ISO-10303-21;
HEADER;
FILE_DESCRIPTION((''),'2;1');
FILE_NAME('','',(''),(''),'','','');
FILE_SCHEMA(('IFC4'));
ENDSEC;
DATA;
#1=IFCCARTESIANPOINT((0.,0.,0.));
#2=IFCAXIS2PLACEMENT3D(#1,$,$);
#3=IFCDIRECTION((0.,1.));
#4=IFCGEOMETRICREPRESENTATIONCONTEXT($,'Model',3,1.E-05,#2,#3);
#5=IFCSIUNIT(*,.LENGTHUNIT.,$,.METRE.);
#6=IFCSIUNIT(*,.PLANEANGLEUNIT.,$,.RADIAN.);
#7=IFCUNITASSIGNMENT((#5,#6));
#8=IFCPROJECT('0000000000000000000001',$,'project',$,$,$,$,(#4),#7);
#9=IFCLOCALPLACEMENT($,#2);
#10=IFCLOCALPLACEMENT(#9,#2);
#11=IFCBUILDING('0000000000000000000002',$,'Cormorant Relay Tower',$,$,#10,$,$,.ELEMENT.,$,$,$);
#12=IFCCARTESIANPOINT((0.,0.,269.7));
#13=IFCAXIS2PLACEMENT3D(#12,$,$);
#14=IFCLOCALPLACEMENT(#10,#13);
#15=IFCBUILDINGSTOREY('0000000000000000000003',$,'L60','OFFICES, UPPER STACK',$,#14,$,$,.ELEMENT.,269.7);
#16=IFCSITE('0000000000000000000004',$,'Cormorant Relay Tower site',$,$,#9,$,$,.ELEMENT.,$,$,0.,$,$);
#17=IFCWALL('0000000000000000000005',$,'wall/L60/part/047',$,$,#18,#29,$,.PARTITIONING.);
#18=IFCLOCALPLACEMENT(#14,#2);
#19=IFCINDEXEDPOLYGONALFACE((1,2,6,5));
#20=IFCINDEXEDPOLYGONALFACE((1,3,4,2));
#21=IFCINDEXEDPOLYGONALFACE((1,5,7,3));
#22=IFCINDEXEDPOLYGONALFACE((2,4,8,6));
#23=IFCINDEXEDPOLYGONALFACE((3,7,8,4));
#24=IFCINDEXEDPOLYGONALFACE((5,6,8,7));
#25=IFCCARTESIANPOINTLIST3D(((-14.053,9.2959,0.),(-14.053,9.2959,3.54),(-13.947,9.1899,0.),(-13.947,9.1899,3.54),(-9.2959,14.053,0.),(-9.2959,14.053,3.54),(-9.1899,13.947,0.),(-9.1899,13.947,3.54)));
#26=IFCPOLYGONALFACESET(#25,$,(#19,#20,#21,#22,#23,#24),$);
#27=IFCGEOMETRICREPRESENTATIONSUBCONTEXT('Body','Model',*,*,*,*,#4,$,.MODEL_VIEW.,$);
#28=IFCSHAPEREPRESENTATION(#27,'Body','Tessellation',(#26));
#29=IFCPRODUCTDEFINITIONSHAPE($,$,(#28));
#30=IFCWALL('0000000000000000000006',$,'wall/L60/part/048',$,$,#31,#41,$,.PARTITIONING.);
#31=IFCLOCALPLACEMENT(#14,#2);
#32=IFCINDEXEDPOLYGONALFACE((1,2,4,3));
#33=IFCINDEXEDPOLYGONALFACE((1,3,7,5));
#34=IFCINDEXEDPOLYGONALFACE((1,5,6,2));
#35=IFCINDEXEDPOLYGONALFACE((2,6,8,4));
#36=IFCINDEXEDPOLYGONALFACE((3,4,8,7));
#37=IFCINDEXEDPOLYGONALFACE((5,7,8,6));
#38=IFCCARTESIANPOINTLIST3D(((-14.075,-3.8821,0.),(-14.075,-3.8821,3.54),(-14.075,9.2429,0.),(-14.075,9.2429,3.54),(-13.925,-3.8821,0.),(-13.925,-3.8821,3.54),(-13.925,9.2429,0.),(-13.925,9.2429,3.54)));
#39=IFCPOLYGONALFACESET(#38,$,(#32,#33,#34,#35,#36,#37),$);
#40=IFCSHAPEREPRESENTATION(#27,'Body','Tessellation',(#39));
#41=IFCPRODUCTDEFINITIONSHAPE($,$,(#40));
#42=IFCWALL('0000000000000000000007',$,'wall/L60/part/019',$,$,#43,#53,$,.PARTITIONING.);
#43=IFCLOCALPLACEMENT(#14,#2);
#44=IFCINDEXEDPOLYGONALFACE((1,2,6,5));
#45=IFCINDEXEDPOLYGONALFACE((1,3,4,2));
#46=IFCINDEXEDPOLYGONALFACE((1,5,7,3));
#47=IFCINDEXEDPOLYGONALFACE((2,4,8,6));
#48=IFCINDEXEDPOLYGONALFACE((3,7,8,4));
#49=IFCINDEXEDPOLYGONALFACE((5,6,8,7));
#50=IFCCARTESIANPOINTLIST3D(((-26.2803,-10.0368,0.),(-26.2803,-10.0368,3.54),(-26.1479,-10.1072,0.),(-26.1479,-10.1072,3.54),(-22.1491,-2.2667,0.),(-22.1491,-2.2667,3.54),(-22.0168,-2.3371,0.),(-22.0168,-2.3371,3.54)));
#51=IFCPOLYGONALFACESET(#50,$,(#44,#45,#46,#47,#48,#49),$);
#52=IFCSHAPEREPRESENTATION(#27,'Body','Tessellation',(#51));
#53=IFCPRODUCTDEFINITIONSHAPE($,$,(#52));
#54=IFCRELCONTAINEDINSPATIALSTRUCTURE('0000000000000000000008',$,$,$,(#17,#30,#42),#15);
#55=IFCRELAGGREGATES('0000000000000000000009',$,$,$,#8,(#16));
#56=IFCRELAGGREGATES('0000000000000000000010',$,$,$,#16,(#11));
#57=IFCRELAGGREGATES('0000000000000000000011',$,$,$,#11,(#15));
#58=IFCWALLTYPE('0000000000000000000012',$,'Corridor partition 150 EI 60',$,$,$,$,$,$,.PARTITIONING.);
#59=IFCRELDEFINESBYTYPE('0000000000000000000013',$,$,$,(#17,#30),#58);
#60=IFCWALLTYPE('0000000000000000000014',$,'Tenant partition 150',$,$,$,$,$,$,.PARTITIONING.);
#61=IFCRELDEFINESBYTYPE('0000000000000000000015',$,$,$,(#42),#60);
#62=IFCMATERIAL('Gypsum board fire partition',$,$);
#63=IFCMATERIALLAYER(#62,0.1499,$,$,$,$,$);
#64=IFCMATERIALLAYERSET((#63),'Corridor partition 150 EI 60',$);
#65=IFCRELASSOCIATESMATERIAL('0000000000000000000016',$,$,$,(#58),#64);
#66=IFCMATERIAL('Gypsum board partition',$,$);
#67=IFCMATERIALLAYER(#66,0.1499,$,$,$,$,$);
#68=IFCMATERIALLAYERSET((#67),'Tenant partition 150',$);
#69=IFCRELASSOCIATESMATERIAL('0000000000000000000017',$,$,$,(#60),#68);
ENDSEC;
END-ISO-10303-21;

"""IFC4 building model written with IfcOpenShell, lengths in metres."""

from ifc_helpers import new_model, si_unit, direction, frame, frame_2d, origin, place, context, subcontext, project, spatial, rectangle, extrude, material, layer, layer_set, type_object, element, save


model = new_model("IFC4")

# Units and contexts
model_context = context("Model", 3, precision=1e-05, world=origin(), true_north=direction((0.0, 1.0)))
body_context = subcontext(model_context, "Body", "Model", "MODEL_VIEW")
ifc_project = project(units=[si_unit("LENGTHUNIT", "METRE"), si_unit("PLANEANGLEUNIT", "RADIAN")], contexts=[model_context])

# Site, building, storey
site_placement = place(None, origin())
site = spatial("IfcSite", under=ifc_project, at=site_placement, Name="Cormorant Relay Tower site", CompositionType="ELEMENT", RefElevation=0.0)
building_placement = place(site_placement, origin())
building = spatial("IfcBuilding", under=site, at=building_placement, Name="Cormorant Relay Tower", CompositionType="ELEMENT")
storey_placement = place(building_placement, frame((0.0, 0.0, 269.7)))
storey = spatial("IfcBuildingStorey", under=building, at=storey_placement, Name="L60", Description="OFFICES, UPPER STACK", CompositionType="ELEMENT", Elevation=269.7)

# Shared definitions
ifc_material_1 = material(Name="Gypsum board fire partition")
ifc_layer_1 = layer(ifc_material_1, 0.1499)
ifc_layer_set_1 = layer_set([ifc_layer_1], Name="Corridor partition 150 EI 60")
wall_type_1 = type_object("IfcWallType", Name="Corridor partition 150 EI 60", PredefinedType="PARTITIONING", material=ifc_layer_set_1)

# Walls
wall_1_placement = place(storey_placement, frame((-9.2429, 14.0, 0.0), z_axis=(0.0, 0.0, 1.0), x_axis=(-0.707107, -0.707107, 0.0)))
element("IfcWall", 1, at=wall_1_placement, inside=storey, type_object=wall_type_1, Name="wall/L60/part/047", PredefinedType="PARTITIONING", context=body_context, shape_type="SweptSolid", body=[
    extrude(rectangle(XDim=6.7275, YDim=0.1499, at=frame_2d((3.3638, 0.0))), origin(), (0.0, 0.0, 1.0), 3.54),
])
wall_2_placement = place(storey_placement, frame((-14.0, 9.2429, 0.0), z_axis=(0.0, 0.0, 1.0), x_axis=(0.0, -1.0, 0.0)))
element("IfcWall", 2, at=wall_2_placement, inside=storey, type_object=wall_type_1, Name="wall/L60/part/048", PredefinedType="PARTITIONING", context=body_context, shape_type="SweptSolid", body=[
    extrude(rectangle(XDim=13.125, YDim=0.1499, at=frame_2d((6.5625, 0.0))), origin(), (0.0, 0.0, 1.0), 3.54),
])
ifc_material_2 = material(Name="Gypsum board partition")
ifc_layer_2 = layer(ifc_material_2, 0.1499)
ifc_layer_set_2 = layer_set([ifc_layer_2], Name="Tenant partition 150")
wall_type_2 = type_object("IfcWallType", Name="Tenant partition 150", PredefinedType="PARTITIONING", material=ifc_layer_set_2)
wall_3_placement = place(storey_placement, frame((-22.083, -2.302, 0.0), z_axis=(0.0, 0.0, 1.0), x_axis=(-0.469446, -0.882961, 0.0)))
element("IfcWall", 3, at=wall_3_placement, inside=storey, type_object=wall_type_2, Name="wall/L60/part/019", PredefinedType="PARTITIONING", context=body_context, shape_type="SweptSolid", body=[
    extrude(rectangle(XDim=8.8, YDim=0.1499, at=frame_2d((4.3999, 0.0))), origin(), (0.0, 0.0, 1.0), 3.54),
])

save(model, "model.ifc")
